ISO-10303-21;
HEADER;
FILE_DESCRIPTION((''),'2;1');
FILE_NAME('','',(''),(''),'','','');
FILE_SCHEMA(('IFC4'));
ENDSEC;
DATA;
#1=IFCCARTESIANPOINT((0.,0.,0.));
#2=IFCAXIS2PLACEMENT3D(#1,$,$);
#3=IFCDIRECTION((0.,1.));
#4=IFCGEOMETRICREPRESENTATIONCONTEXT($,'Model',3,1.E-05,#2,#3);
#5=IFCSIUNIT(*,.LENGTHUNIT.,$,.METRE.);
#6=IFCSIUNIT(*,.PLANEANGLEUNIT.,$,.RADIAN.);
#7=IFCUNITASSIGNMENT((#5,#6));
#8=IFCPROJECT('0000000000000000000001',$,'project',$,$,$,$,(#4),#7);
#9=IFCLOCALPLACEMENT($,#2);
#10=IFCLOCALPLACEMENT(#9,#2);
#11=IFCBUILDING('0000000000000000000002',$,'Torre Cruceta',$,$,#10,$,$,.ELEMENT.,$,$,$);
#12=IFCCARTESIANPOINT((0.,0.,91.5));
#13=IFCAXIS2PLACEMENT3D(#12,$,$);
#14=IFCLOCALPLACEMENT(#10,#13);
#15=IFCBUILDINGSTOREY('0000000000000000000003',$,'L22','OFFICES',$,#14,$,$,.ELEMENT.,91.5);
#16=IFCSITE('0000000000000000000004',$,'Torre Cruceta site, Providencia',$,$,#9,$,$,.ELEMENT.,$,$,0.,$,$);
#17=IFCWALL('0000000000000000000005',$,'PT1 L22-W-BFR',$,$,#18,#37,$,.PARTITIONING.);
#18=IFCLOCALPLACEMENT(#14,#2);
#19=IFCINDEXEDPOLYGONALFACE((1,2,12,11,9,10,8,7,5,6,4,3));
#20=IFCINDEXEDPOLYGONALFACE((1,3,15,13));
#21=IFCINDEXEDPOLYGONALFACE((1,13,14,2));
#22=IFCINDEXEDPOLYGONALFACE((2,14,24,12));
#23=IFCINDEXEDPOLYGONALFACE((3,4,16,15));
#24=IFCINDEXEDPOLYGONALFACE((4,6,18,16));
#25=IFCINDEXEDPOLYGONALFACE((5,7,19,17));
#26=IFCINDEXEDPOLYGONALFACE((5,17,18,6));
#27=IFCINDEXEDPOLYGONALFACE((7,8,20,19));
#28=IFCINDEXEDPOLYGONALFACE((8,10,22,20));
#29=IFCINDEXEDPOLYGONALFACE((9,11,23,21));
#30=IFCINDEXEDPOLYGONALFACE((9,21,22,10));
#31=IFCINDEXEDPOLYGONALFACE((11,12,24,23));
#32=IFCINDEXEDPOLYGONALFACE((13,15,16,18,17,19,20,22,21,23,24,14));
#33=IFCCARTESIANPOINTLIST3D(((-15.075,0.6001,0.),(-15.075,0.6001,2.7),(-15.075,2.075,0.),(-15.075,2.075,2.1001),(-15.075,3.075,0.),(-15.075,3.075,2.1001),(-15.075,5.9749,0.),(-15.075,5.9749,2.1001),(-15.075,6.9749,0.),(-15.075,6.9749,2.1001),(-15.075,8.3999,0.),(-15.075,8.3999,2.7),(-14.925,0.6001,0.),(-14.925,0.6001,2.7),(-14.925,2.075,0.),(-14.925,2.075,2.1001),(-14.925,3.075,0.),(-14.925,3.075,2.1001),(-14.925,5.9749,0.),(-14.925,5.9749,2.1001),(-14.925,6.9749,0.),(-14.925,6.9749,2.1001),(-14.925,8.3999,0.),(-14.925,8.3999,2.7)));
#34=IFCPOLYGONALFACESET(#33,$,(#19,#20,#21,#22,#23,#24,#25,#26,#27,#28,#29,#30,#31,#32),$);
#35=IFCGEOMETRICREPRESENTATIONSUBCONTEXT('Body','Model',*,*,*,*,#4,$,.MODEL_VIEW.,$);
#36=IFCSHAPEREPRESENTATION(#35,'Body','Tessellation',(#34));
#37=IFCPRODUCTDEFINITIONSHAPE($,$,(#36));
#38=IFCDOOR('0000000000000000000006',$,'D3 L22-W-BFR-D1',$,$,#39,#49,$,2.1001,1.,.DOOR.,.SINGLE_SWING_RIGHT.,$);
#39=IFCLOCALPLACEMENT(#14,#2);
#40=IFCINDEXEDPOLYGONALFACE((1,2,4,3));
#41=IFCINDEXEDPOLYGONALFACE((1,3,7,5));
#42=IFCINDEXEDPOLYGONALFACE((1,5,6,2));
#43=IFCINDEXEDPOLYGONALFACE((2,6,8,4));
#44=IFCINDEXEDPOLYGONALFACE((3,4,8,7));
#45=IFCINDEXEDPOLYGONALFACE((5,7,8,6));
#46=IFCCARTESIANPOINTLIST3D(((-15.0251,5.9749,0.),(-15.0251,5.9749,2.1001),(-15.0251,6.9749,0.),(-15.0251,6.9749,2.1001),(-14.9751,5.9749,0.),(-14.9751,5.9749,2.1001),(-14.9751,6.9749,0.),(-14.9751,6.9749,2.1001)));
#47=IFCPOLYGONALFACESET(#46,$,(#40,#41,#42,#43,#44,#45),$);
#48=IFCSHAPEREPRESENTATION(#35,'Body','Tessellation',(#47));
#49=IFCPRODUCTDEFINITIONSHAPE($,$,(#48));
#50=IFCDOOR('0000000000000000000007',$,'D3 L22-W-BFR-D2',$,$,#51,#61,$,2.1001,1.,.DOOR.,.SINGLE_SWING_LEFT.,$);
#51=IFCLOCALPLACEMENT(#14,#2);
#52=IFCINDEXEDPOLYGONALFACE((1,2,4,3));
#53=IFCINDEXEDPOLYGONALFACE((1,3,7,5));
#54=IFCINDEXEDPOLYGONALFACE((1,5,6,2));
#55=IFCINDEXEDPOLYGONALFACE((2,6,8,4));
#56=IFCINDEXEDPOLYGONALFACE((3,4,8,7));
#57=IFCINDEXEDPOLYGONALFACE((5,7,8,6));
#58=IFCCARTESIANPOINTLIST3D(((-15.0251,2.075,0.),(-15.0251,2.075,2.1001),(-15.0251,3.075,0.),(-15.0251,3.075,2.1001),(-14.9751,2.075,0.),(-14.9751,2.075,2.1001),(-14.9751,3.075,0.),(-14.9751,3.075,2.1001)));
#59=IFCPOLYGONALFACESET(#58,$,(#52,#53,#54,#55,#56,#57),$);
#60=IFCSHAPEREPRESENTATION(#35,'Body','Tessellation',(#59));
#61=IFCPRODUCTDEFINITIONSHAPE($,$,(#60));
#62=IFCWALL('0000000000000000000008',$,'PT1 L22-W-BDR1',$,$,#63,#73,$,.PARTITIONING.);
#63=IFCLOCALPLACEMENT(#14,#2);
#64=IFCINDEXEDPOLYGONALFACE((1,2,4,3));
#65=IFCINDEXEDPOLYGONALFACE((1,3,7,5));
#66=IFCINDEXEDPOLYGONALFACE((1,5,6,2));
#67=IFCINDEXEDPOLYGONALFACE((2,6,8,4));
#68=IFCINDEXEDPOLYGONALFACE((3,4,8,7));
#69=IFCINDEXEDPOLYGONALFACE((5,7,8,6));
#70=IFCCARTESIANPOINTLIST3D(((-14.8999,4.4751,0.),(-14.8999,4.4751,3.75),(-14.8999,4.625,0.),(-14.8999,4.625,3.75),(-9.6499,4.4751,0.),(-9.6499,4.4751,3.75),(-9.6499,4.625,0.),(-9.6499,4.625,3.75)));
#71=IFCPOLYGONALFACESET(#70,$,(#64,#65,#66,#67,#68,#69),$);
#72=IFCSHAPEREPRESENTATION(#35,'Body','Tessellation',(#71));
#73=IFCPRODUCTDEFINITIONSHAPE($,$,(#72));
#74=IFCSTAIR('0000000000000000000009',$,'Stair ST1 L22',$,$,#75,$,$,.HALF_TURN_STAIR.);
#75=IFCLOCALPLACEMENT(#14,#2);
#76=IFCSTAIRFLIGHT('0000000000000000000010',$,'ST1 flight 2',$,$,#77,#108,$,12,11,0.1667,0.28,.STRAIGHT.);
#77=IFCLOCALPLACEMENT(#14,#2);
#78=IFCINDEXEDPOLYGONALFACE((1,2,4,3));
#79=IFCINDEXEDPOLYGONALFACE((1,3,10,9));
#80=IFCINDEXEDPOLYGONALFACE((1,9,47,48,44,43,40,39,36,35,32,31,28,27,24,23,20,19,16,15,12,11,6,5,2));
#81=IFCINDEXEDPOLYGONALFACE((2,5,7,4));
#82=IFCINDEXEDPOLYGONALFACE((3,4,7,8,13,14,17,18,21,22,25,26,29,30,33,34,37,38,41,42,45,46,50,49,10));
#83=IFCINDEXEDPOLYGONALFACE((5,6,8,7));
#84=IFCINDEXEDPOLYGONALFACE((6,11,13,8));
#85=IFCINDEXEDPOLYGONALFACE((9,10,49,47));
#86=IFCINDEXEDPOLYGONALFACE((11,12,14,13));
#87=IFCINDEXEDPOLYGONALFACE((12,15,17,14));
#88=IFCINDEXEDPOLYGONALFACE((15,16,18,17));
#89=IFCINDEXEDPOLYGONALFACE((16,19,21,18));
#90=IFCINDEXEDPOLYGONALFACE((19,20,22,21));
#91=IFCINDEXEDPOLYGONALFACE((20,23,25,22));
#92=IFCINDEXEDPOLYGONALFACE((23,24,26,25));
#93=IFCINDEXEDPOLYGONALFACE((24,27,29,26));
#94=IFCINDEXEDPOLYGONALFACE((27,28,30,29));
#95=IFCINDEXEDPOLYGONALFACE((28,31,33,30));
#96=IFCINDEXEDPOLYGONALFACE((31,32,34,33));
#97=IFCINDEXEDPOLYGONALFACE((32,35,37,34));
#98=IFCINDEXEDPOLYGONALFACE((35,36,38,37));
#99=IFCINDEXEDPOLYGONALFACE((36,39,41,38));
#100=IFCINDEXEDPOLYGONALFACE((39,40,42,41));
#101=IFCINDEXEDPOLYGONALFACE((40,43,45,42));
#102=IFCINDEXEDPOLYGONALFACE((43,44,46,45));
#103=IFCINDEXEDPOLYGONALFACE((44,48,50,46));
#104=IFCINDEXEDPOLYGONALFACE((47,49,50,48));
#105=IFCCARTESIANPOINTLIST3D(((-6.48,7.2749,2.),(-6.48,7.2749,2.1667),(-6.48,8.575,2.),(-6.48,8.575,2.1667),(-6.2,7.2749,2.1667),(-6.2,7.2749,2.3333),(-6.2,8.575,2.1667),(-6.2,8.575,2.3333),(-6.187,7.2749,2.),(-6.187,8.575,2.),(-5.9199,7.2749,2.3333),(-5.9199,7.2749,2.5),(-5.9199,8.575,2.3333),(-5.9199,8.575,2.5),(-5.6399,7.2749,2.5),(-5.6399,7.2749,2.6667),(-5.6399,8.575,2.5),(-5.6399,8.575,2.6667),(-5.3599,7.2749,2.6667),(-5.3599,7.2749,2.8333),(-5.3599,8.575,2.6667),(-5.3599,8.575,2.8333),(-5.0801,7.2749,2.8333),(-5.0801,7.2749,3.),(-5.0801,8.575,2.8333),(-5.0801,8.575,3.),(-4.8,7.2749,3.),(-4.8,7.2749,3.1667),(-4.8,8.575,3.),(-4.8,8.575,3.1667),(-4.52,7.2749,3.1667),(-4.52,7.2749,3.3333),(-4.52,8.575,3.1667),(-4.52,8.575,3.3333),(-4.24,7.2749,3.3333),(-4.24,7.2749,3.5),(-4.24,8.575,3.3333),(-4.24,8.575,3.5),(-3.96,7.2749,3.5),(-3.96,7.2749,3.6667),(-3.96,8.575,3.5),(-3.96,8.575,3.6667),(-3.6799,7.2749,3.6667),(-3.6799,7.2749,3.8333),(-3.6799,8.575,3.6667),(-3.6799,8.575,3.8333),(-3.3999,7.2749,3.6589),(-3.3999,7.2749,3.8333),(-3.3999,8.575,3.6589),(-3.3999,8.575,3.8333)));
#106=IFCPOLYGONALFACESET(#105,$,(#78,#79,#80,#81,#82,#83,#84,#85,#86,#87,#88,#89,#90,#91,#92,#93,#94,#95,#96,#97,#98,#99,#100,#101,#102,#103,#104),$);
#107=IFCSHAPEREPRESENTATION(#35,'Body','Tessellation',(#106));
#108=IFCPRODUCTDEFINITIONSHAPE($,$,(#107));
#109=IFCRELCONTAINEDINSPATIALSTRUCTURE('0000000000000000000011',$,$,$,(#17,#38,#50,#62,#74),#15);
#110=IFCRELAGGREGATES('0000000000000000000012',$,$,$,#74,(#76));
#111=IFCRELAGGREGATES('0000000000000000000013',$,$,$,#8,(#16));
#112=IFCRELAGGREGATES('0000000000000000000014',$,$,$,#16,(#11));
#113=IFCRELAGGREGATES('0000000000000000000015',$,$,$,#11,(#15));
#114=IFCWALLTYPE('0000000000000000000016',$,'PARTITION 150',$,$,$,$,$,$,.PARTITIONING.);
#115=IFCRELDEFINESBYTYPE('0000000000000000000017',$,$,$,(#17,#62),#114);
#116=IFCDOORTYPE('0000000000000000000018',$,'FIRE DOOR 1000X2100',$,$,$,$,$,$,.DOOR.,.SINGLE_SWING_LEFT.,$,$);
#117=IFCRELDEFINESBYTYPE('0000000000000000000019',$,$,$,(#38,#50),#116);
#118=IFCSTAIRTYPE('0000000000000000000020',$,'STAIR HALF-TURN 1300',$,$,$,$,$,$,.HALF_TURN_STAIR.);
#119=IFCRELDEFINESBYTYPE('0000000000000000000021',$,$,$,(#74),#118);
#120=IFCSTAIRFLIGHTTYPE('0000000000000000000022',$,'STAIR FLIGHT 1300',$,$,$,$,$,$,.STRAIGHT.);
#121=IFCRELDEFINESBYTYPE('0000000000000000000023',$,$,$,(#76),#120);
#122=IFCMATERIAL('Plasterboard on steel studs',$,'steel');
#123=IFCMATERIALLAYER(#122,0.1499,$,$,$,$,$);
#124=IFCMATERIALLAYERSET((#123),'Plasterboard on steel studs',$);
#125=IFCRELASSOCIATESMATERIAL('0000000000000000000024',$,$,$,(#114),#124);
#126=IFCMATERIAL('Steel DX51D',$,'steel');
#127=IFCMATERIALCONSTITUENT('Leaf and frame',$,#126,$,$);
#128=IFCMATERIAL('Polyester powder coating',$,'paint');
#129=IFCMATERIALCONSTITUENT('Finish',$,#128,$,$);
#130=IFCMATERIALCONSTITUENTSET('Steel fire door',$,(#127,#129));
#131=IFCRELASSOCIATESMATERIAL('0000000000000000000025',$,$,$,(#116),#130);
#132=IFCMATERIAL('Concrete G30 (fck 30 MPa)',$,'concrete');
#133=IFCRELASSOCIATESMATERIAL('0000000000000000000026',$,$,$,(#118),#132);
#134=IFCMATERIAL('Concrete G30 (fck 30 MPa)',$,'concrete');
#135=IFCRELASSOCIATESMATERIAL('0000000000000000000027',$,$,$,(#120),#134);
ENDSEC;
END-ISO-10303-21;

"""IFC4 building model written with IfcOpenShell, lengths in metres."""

from ifc_helpers import new_model, si_unit, direction, frame, frame_2d, origin, place, context, subcontext, project, spatial, polyline, rectangle, outline, extrude, material, layer, layer_set, constituent, constituent_set, type_object, element, fill, aggregate, save


model = new_model("IFC4")

# Units and contexts
model_context = context("Model", 3, precision=1e-05, world=origin(), true_north=direction((0.0, 1.0)))
body_context = subcontext(model_context, "Body", "Model", "MODEL_VIEW")
ifc_project = project(units=[si_unit("LENGTHUNIT", "METRE"), si_unit("PLANEANGLEUNIT", "RADIAN")], contexts=[model_context])

# Site, building, storey
site_placement = place(None, origin())
site = spatial("IfcSite", under=ifc_project, at=site_placement, Name="Torre Cruceta site, Providencia", CompositionType="ELEMENT", RefElevation=0.0)
building_placement = place(site_placement, origin())
building = spatial("IfcBuilding", under=site, at=building_placement, Name="Torre Cruceta", CompositionType="ELEMENT")
storey_placement = place(building_placement, frame((0.0, 0.0, 91.5)))
storey = spatial("IfcBuildingStorey", under=building, at=storey_placement, Name="L22", Description="OFFICES", CompositionType="ELEMENT", Elevation=91.5)

# Wall, openings, doors
ifc_material_1 = material(Name="Plasterboard on steel studs", Category="steel")
ifc_layer_1 = layer(ifc_material_1, 0.1499)
ifc_layer_set_1 = layer_set([ifc_layer_1], Name="Plasterboard on steel studs")
wall_type_1 = type_object("IfcWallType", Name="PARTITION 150", PredefinedType="PARTITIONING", material=ifc_layer_set_1)
wall_1_placement = place(storey_placement, frame((-15.0, 8.3999, 0.0), z_axis=(0.0, 0.0, 1.0), x_axis=(0.0, -1.0, 0.0)))
wall_1 = element("IfcWall", 1, at=wall_1_placement, inside=storey, type_object=wall_type_1, Name="PT1 L22-W-BFR", PredefinedType="PARTITIONING", context=body_context, shape_type="SweptSolid", body=[
    extrude(rectangle(XDim=7.7998, YDim=0.1499, at=frame_2d((3.8999, 0.0))), origin(), (0.0, 0.0, 1.0), 2.7),
])
opening_1_placement = place(wall_1_placement, frame((1.425, 0.0, 0.0)))
opening_1 = element("IfcOpeningElement", 2, at=opening_1_placement, cuts=wall_1, PredefinedType="OPENING", context=body_context, shape_type="SweptSolid", body=[
    extrude(rectangle(XDim=1.0, YDim=2.1001, at=frame_2d((0.5, 1.05))), frame((0.0, 0.085, 0.0), z_axis=(0.0, -1.0, 0.0), x_axis=(1.0, 0.0, 0.0)), (0.0, 0.0, 1.0), 0.1699),
])
opening_2_placement = place(wall_1_placement, frame((5.325, 0.0, 0.0)))
opening_2 = element("IfcOpeningElement", 3, at=opening_2_placement, cuts=wall_1, PredefinedType="OPENING", context=body_context, shape_type="SweptSolid", body=[
    extrude(rectangle(XDim=1.0, YDim=2.1001, at=frame_2d((0.5, 1.05))), frame((0.0, 0.085, 0.0), z_axis=(0.0, -1.0, 0.0), x_axis=(1.0, 0.0, 0.0)), (0.0, 0.0, 1.0), 0.1699),
])
ifc_material_2 = material(Name="Steel DX51D", Category="steel")
ifc_constituent_1 = constituent(ifc_material_2, Name="Leaf and frame")
ifc_material_3 = material(Name="Polyester powder coating", Category="paint")
ifc_constituent_2 = constituent(ifc_material_3, Name="Finish")
ifc_constituent_set_1 = constituent_set(constituents=[ifc_constituent_1, ifc_constituent_2], Name="Steel fire door")
door_type_1 = type_object("IfcDoorType", Name="FIRE DOOR 1000X2100", OperationType="SINGLE_SWING_LEFT", PredefinedType="DOOR", material=ifc_constituent_set_1)
door_1_placement = place(opening_1_placement, origin())
door_1 = element("IfcDoor", 4, at=door_1_placement, inside=storey, type_object=door_type_1, Name="D3 L22-W-BFR-D1", OperationType="SINGLE_SWING_RIGHT", OverallHeight=2.1001, OverallWidth=1.0, PredefinedType="DOOR", context=body_context, shape_type="SweptSolid", body=[
    extrude(rectangle(XDim=1.0, YDim=2.1001, at=frame_2d((0.5, 1.05))), frame((0.0, 0.0249, 0.0), z_axis=(0.0, -1.0, 0.0), x_axis=(1.0, 0.0, 0.0)), (0.0, 0.0, 1.0), 0.05),
])
fill(opening_1, door_1)
door_2_placement = place(opening_2_placement, origin())
door_2 = element("IfcDoor", 5, at=door_2_placement, inside=storey, type_object=door_type_1, Name="D3 L22-W-BFR-D2", OperationType="SINGLE_SWING_LEFT", OverallHeight=2.1001, OverallWidth=1.0, PredefinedType="DOOR", context=body_context, shape_type="SweptSolid", body=[
    extrude(rectangle(XDim=1.0, YDim=2.1001, at=frame_2d((0.5, 1.05))), frame((0.0, 0.0249, 0.0), z_axis=(0.0, -1.0, 0.0), x_axis=(1.0, 0.0, 0.0)), (0.0, 0.0, 1.0), 0.05),
])
fill(opening_2, door_2)

# Wall
wall_2_placement = place(storey_placement, frame((-9.6499, 4.55, 0.0), z_axis=(0.0, 0.0, 1.0), x_axis=(-1.0, 0.0, 0.0)))
element("IfcWall", 6, at=wall_2_placement, inside=storey, type_object=wall_type_1, Name="PT1 L22-W-BDR1", PredefinedType="PARTITIONING", context=body_context, shape_type="SweptSolid", body=[
    extrude(rectangle(XDim=5.25, YDim=0.1499, at=frame_2d((2.625, 0.0))), origin(), (0.0, 0.0, 1.0), 3.75),
])

# Stair, stair flight
ifc_material_4 = material(Name="Concrete G30 (fck 30 MPa)", Category="concrete")
stair_type = type_object("IfcStairType", Name="STAIR HALF-TURN 1300", PredefinedType="HALF_TURN_STAIR", material=ifc_material_4)
stair_placement = place(storey_placement, origin())
stair = element("IfcStair", 7, at=stair_placement, inside=storey, type_object=stair_type, Name="Stair ST1 L22", PredefinedType="HALF_TURN_STAIR")
ifc_material_5 = material(Name="Concrete G30 (fck 30 MPa)", Category="concrete")
stair_flight_type = type_object("IfcStairFlightType", Name="STAIR FLIGHT 1300", PredefinedType="STRAIGHT", material=ifc_material_5)
stair_flight_placement = place(storey_placement, frame((-6.48, 7.925, 2.0), z_axis=(0.0, 0.0, 1.0), x_axis=(1.0, 0.0, 0.0)))
stair_flight = element("IfcStairFlight", 8, at=stair_flight_placement, type_object=stair_flight_type, Name="ST1 flight 2", NumberOfRisers=12, NumberOfTreads=11, PredefinedType="STRAIGHT", RiserHeight=0.1667, TreadLength=0.28, context=body_context, shape_type="SweptSolid", body=[
    extrude(outline(polyline([(0.0, 0.0), (0.0, 0.1667), (0.28, 0.1667), (0.28, 0.3333), (0.5601, 0.3333), (0.5601, 0.5), (0.8401, 0.5), (0.8401, 0.6667), (1.1201, 0.6667), (1.1201, 0.8333), (1.3999, 0.8333), (1.3999, 1.0), (1.6799, 1.0), (1.6799, 1.1667), (1.96, 1.1667), (1.96, 1.3333), (2.24, 1.3333), (2.24, 1.5), (2.52, 1.5), (2.52, 1.6667), (2.8, 1.6667), (2.8, 1.8333), (3.0801, 1.8333), (3.0801, 2.0), (3.0801, 1.6589), (0.293, 0.0), (0.0, 0.0)])), frame((0.0, 0.6499, 0.0), z_axis=(0.0, -1.0, 0.0), x_axis=(1.0, 0.0, 0.0)), (0.0, 0.0, 1.0), 1.3),
])
aggregate(stair, [stair_flight])

save(model, "model.ifc")
